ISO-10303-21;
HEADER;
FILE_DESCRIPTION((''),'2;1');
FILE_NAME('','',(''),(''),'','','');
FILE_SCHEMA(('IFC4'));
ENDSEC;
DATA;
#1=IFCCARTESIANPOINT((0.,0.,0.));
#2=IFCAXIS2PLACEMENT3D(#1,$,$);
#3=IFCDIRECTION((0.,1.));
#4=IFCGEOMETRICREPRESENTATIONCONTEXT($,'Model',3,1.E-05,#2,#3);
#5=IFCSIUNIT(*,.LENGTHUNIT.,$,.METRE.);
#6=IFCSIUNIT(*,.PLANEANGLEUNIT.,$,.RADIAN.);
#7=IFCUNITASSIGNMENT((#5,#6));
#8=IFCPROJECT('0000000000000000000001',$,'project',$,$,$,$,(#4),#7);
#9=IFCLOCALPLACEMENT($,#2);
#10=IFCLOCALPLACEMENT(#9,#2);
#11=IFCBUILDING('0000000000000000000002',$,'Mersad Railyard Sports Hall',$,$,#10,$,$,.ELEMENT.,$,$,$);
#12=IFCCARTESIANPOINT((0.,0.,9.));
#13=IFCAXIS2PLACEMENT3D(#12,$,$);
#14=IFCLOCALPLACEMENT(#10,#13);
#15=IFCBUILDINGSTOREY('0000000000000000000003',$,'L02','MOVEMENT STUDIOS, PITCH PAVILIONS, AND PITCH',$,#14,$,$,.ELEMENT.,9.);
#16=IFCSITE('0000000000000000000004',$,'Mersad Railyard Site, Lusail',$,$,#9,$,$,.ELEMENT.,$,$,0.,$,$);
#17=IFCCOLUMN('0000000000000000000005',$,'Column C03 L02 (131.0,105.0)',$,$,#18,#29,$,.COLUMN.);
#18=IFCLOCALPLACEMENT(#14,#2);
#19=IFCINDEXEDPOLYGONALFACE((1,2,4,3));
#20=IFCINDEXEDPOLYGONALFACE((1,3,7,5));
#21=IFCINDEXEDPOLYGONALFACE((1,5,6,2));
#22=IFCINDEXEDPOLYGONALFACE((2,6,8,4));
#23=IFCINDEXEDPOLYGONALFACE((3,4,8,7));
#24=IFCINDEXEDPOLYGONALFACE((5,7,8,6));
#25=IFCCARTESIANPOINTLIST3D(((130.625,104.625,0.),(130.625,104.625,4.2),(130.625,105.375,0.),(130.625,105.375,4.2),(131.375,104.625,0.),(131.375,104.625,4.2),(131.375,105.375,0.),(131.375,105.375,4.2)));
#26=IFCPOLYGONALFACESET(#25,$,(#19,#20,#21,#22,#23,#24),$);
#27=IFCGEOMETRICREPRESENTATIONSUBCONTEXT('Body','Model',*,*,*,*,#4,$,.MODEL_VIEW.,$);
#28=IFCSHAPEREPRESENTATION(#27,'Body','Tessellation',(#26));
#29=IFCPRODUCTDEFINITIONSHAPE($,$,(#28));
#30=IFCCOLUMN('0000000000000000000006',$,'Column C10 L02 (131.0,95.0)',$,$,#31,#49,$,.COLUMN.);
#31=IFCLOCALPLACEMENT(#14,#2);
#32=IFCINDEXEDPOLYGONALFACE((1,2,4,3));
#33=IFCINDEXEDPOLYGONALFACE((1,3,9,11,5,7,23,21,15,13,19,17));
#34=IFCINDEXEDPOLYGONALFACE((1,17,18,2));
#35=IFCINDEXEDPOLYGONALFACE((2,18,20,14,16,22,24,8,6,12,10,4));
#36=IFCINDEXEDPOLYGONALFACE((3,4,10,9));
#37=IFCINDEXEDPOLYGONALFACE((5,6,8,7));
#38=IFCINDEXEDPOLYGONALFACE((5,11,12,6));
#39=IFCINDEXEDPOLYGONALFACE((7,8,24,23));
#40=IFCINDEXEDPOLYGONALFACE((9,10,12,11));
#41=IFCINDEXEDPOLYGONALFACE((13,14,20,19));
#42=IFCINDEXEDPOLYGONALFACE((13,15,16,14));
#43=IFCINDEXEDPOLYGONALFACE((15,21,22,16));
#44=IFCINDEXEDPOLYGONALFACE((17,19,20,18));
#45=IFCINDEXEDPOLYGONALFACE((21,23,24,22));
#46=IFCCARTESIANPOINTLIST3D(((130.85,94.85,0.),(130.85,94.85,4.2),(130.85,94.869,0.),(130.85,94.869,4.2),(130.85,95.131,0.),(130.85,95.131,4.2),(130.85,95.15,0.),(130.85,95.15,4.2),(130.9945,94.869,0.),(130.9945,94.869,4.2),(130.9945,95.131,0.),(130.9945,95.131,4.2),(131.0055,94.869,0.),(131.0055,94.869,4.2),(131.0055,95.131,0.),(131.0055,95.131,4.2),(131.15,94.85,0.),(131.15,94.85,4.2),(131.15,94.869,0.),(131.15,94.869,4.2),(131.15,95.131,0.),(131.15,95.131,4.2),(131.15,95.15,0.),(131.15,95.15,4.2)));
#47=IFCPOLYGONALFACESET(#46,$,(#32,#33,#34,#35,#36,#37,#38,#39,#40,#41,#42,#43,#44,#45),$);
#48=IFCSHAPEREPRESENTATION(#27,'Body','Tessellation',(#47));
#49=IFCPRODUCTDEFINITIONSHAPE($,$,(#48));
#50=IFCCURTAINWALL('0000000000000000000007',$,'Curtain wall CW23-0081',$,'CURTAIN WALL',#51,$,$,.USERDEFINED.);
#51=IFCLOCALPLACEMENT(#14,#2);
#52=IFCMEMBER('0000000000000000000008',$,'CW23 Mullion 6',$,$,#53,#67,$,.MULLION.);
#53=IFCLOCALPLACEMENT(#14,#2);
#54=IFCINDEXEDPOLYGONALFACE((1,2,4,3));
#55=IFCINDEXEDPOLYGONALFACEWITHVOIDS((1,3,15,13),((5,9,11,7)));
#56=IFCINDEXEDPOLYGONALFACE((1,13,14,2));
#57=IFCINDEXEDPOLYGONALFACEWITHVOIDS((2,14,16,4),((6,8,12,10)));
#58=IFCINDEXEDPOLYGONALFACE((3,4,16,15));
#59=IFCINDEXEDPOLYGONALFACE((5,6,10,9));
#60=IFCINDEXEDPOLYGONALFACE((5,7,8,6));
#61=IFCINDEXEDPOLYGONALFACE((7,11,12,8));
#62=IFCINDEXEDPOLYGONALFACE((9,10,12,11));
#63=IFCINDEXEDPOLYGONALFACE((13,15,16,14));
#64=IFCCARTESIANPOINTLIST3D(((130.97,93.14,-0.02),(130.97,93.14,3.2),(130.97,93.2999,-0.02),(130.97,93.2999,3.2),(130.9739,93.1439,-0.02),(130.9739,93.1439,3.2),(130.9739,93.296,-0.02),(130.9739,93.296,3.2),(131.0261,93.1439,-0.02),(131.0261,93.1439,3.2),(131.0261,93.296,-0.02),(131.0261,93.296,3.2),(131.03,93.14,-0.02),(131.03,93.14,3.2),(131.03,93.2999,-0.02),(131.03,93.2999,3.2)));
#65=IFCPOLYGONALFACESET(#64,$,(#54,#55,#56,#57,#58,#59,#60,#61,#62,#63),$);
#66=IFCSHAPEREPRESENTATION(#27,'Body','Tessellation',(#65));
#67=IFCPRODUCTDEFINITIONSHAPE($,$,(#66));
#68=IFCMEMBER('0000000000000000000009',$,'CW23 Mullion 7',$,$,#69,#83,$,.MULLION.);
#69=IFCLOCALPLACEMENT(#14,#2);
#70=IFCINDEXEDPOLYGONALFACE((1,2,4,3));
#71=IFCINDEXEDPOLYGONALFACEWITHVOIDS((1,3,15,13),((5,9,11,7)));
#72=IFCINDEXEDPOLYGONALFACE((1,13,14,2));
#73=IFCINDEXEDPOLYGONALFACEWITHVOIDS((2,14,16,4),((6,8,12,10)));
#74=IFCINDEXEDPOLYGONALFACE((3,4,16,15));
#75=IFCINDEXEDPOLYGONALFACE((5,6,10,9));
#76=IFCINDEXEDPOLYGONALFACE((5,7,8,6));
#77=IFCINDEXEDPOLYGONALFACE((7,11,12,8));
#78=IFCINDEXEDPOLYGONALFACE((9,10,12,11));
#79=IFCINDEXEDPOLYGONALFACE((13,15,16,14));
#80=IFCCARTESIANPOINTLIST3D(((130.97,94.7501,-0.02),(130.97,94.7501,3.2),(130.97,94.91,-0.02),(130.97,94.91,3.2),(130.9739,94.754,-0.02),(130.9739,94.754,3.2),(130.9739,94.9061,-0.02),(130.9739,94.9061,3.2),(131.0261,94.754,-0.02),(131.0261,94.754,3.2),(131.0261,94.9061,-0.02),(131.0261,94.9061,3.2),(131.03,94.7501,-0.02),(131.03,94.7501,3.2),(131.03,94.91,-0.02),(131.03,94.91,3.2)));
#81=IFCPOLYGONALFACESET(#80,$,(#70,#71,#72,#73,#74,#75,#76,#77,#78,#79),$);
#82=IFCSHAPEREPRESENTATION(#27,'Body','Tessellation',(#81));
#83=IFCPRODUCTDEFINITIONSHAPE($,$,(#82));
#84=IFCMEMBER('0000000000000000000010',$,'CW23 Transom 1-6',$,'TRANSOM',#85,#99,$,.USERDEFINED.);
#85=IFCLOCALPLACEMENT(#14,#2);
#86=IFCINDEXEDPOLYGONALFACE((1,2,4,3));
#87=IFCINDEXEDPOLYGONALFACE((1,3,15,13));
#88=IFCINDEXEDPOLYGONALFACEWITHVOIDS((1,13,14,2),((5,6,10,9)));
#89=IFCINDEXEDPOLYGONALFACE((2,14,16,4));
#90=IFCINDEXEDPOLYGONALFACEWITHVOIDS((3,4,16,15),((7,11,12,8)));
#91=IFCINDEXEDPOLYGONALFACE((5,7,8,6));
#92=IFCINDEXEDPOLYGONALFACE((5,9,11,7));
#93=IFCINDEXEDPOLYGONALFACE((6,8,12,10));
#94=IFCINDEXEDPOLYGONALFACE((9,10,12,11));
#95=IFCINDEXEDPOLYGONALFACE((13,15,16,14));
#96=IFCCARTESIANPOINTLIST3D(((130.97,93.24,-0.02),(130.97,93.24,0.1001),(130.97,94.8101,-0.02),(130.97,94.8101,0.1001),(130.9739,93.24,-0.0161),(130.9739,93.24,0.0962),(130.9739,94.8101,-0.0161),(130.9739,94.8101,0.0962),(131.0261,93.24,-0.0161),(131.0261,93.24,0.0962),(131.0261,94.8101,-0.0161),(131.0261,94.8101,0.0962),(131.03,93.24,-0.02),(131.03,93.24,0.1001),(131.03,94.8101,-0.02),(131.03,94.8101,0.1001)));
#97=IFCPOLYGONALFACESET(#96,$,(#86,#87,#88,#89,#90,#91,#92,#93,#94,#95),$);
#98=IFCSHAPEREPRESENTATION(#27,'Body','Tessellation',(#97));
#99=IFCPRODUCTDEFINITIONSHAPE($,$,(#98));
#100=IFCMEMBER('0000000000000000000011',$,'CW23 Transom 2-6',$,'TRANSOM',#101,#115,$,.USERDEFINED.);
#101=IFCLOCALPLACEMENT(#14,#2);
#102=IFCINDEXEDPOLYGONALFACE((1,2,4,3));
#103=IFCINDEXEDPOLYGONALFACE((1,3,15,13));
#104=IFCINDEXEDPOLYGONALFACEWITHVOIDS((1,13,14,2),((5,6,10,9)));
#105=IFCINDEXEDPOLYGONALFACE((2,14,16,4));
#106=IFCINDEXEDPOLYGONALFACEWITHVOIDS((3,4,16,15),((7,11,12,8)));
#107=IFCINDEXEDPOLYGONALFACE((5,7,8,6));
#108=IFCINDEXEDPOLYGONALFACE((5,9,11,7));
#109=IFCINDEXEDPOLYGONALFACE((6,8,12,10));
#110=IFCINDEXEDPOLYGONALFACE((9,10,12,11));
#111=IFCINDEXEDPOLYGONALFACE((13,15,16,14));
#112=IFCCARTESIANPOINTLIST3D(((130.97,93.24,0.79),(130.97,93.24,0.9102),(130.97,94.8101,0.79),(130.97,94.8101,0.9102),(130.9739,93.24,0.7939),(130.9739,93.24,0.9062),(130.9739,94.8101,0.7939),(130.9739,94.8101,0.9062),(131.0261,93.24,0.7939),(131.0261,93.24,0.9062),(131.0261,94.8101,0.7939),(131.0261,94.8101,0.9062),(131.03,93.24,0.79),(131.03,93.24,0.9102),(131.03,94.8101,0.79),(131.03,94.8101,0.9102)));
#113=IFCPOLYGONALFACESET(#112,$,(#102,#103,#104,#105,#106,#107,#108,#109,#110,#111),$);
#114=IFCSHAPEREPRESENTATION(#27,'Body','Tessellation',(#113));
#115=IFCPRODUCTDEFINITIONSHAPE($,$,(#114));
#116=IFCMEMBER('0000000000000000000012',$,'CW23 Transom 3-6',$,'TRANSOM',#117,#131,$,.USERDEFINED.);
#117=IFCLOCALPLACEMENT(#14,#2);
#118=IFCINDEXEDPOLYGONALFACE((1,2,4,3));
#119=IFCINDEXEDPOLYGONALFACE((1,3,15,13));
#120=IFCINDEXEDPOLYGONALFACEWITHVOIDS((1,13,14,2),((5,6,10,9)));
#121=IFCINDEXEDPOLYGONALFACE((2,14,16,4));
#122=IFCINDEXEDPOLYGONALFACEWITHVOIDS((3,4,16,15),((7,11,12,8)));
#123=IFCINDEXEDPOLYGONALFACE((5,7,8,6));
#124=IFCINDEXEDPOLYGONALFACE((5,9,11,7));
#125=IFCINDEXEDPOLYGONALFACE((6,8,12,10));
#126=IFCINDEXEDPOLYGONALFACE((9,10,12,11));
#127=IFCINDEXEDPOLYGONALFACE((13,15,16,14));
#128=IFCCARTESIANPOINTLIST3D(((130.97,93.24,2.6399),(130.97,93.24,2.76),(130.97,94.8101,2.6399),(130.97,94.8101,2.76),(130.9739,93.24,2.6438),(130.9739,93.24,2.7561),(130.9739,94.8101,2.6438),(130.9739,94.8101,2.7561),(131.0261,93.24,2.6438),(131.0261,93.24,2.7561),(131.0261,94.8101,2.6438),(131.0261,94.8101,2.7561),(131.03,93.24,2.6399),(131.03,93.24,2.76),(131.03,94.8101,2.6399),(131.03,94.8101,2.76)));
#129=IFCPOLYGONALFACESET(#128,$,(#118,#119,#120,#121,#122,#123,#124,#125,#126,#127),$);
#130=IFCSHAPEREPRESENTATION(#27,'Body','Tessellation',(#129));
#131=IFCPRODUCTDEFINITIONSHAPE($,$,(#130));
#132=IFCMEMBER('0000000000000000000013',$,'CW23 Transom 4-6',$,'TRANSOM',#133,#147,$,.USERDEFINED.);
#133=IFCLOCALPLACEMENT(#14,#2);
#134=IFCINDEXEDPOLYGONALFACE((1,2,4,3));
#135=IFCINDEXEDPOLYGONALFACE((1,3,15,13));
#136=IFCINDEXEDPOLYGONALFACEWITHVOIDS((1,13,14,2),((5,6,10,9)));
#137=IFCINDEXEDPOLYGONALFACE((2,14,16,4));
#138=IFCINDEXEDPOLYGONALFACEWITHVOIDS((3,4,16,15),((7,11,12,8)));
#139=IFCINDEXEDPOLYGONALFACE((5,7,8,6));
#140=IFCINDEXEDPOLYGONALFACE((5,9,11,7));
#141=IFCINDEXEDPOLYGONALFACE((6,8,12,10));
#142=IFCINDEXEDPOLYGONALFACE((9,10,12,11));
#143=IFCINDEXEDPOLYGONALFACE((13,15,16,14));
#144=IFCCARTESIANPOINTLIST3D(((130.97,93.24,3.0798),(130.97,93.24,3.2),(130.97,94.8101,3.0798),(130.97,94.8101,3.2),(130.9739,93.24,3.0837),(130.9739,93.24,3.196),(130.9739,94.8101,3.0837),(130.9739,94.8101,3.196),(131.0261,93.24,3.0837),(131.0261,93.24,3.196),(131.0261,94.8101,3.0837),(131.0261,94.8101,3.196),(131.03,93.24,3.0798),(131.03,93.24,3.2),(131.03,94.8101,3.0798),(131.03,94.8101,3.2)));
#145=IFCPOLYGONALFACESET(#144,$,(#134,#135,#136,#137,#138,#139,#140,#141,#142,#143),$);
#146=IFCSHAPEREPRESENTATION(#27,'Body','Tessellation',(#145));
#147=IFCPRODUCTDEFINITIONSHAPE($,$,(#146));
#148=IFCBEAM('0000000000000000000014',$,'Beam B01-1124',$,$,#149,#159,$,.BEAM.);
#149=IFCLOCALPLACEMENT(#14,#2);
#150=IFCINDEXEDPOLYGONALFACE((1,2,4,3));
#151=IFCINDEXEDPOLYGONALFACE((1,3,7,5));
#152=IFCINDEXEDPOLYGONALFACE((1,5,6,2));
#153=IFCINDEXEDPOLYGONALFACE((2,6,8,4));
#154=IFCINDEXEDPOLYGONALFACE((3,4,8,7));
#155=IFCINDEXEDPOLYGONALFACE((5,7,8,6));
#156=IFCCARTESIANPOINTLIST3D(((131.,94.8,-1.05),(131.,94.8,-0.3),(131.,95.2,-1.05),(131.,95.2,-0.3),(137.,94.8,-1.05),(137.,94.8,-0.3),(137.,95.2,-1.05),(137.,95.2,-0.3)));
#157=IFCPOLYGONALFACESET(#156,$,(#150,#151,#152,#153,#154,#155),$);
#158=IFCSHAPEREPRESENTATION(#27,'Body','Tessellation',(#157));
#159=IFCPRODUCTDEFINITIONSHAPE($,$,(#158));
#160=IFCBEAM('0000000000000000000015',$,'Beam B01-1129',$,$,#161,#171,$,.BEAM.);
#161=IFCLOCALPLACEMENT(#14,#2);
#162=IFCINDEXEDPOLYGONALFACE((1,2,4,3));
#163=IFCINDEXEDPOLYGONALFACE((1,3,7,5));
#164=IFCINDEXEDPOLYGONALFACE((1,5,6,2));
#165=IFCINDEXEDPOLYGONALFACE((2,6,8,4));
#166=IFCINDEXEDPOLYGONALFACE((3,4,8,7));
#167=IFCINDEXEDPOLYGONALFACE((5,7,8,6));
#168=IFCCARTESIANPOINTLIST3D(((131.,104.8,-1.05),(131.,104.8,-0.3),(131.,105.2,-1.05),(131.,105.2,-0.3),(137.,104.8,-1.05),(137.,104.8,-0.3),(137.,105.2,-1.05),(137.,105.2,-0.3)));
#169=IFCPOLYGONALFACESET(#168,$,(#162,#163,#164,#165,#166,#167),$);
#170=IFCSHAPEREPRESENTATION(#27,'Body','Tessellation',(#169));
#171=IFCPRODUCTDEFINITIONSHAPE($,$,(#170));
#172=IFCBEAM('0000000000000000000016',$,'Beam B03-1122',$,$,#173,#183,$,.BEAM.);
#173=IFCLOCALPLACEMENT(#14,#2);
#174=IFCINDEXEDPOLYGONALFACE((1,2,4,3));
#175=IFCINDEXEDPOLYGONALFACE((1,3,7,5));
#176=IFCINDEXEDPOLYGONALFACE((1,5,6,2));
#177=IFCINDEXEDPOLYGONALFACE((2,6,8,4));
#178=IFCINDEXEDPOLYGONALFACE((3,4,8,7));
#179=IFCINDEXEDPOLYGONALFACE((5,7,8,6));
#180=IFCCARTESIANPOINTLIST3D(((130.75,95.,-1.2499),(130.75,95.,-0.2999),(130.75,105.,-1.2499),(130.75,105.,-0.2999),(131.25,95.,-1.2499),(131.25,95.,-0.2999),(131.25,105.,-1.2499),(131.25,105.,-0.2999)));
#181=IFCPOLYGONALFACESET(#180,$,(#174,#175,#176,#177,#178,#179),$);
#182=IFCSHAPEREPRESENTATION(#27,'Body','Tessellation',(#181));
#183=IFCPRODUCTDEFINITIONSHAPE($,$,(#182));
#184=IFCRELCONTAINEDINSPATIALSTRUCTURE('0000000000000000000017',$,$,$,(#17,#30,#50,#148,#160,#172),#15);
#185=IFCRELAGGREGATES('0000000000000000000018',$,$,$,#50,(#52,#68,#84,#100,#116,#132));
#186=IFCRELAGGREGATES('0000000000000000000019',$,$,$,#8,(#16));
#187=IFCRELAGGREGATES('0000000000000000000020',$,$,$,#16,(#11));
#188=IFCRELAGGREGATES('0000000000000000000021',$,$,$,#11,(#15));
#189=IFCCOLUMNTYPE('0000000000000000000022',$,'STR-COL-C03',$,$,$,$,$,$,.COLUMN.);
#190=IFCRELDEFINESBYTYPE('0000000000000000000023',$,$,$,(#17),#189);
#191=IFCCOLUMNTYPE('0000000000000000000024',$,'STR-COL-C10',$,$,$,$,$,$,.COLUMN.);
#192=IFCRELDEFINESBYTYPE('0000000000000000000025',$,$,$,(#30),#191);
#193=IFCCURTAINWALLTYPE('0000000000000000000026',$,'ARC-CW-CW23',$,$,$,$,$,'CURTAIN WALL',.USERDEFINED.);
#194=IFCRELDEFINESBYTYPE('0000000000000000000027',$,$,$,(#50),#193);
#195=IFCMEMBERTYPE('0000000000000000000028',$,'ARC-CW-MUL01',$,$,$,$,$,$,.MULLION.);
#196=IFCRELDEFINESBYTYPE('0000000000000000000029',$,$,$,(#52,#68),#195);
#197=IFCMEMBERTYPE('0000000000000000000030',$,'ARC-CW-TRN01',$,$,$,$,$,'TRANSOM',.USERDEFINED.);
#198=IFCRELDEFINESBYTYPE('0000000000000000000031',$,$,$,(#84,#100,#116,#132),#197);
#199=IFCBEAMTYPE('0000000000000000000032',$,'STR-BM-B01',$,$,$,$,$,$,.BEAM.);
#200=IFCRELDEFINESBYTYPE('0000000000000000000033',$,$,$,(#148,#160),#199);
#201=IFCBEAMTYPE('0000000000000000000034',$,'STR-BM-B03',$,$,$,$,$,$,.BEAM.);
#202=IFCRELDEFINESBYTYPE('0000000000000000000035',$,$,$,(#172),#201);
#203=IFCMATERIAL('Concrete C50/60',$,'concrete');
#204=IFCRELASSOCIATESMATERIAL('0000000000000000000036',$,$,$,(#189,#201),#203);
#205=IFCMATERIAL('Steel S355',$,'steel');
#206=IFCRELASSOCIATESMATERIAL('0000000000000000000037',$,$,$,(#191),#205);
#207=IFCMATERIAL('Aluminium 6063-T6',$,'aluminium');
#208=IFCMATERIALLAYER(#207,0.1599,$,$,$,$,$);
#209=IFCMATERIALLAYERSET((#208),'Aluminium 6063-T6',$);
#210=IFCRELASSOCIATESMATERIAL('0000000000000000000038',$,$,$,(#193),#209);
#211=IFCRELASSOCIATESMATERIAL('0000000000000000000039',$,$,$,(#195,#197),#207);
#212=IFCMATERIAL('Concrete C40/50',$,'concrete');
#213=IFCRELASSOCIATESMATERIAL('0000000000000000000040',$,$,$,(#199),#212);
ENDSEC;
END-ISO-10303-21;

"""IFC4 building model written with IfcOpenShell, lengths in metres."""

from ifc_helpers import new_model, si_unit, direction, frame, origin, origin_2d, place, context, subcontext, project, spatial, rectangle, hollow_rectangle, i_section, extrude, material, layer, layer_set, material_profile, profile_set, type_object, element, aggregate, save


model = new_model("IFC4")

# Units and contexts
model_context = context("Model", 3, precision=1e-05, world=origin(), true_north=direction((0.0, 1.0)))
body_context = subcontext(model_context, "Body", "Model", "MODEL_VIEW")
ifc_project = project(units=[si_unit("LENGTHUNIT", "METRE"), si_unit("PLANEANGLEUNIT", "RADIAN")], contexts=[model_context])

# Site, building, storey
site_placement = place(None, origin())
site = spatial("IfcSite", under=ifc_project, at=site_placement, Name="Mersad Railyard Site, Lusail", CompositionType="ELEMENT", RefElevation=0.0)
building_placement = place(site_placement, origin())
building = spatial("IfcBuilding", under=site, at=building_placement, Name="Mersad Railyard Sports Hall", CompositionType="ELEMENT")
storey_placement = place(building_placement, frame((0.0, 0.0, 9.0)))
storey = spatial("IfcBuildingStorey", under=building, at=storey_placement, Name="L02", Description="MOVEMENT STUDIOS, PITCH PAVILIONS, AND PITCH", CompositionType="ELEMENT", Elevation=9.0)

# Columns
ifc_material_1 = material(Name="Concrete C50/60", Category="concrete")
ifc_material_profile_1 = material_profile(ifc_material_1, rectangle(XDim=0.75, YDim=0.75, at=origin_2d()), Name="RC 750x750")
ifc_profile_set_1 = profile_set([ifc_material_profile_1], Name="Concrete C50/60")
column_type_1 = type_object("IfcColumnType", Name="STR-COL-C03", PredefinedType="COLUMN", material=ifc_profile_set_1)
column_1_placement = place(storey_placement, frame((131.0, 105.0, 0.0), z_axis=(0.0, 0.0, 1.0), x_axis=(1.0, 0.0, 0.0)))
element("IfcColumn", 1, at=column_1_placement, inside=storey, type_object=column_type_1, Name="Column C03 L02 (131.0,105.0)", PredefinedType="COLUMN", context=body_context, shape_type="SweptSolid", body=[
    extrude(rectangle(XDim=0.75, YDim=0.75, at=origin_2d()), origin(), (0.0, 0.0, 1.0), 4.2),
])
ifc_material_2 = material(Name="Steel S355", Category="steel")
ifc_material_profile_2 = material_profile(ifc_material_2, i_section(OverallWidth=0.3, OverallDepth=0.3, WebThickness=0.011, FlangeThickness=0.019, at=origin_2d()), Name="HEB 300")
ifc_profile_set_2 = profile_set([ifc_material_profile_2], Name="Steel S355")
column_type_2 = type_object("IfcColumnType", Name="STR-COL-C10", PredefinedType="COLUMN", material=ifc_profile_set_2)
column_2_placement = place(storey_placement, frame((131.0, 95.0, 0.0), z_axis=(0.0, 0.0, 1.0), x_axis=(1.0, 0.0, 0.0)))
element("IfcColumn", 2, at=column_2_placement, inside=storey, type_object=column_type_2, Name="Column C10 L02 (131.0,95.0)", PredefinedType="COLUMN", context=body_context, shape_type="SweptSolid", body=[
    extrude(i_section(OverallWidth=0.3, OverallDepth=0.3, WebThickness=0.011, FlangeThickness=0.019, at=origin_2d()), origin(), (0.0, 0.0, 1.0), 4.2),
])

# Curtain wall, members
ifc_material_3 = material(Name="Aluminium 6063-T6", Category="aluminium")
ifc_layer_1 = layer(ifc_material_3, 0.1599)
ifc_layer_set_1 = layer_set([ifc_layer_1], Name="Aluminium 6063-T6")
curtain_wall_type = type_object("IfcCurtainWallType", Name="ARC-CW-CW23", ElementType="CURTAIN WALL", PredefinedType="USERDEFINED", material=ifc_layer_set_1)
curtain_wall_placement = place(storey_placement, origin())
curtain_wall = element("IfcCurtainWall", 3, at=curtain_wall_placement, inside=storey, type_object=curtain_wall_type, Name="Curtain wall CW23-0081", ObjectType="CURTAIN WALL", PredefinedType="USERDEFINED")
ifc_material_profile_3 = material_profile(ifc_material_3, hollow_rectangle(XDim=0.0601, YDim=0.1599, WallThickness=0.0039, at=origin_2d()), Name="AL MULLION 60x160x4")
ifc_profile_set_3 = profile_set([ifc_material_profile_3], Name="Aluminium 6063-T6")
member_type_1 = type_object("IfcMemberType", Name="ARC-CW-MUL01", PredefinedType="MULLION", material=ifc_profile_set_3)
member_1_placement = place(storey_placement, frame((131.0, 93.22, -0.02), z_axis=(0.0, 0.0, 1.0), x_axis=(1.0, 0.0, 0.0)))
member_1 = element("IfcMember", 4, at=member_1_placement, type_object=member_type_1, Name="CW23 Mullion 6", PredefinedType="MULLION", context=body_context, shape_type="SweptSolid", body=[
    extrude(hollow_rectangle(XDim=0.0601, YDim=0.1599, WallThickness=0.0039, at=origin_2d()), origin(), (0.0, 0.0, 1.0), 3.22),
])
member_2_placement = place(storey_placement, frame((131.0, 94.8301, -0.02), z_axis=(0.0, 0.0, 1.0), x_axis=(1.0, 0.0, 0.0)))
member_2 = element("IfcMember", 5, at=member_2_placement, type_object=member_type_1, Name="CW23 Mullion 7", PredefinedType="MULLION", context=body_context, shape_type="SweptSolid", body=[
    extrude(hollow_rectangle(XDim=0.0601, YDim=0.1599, WallThickness=0.0039, at=origin_2d()), origin(), (0.0, 0.0, 1.0), 3.22),
])
ifc_material_profile_4 = material_profile(ifc_material_3, hollow_rectangle(XDim=0.0601, YDim=0.1201, WallThickness=0.0039, at=origin_2d()), Name="AL TRANSOM 60x120x4")
ifc_profile_set_4 = profile_set([ifc_material_profile_4], Name="Aluminium 6063-T6")
member_type_2 = type_object("IfcMemberType", Name="ARC-CW-TRN01", ElementType="TRANSOM", PredefinedType="USERDEFINED", material=ifc_profile_set_4)
member_3_placement = place(storey_placement, frame((131.0, 93.24, 0.04), z_axis=(0.0, 1.0, 0.0), x_axis=(-1.0, 0.0, 0.0)))
member_3 = element("IfcMember", 6, at=member_3_placement, type_object=member_type_2, Name="CW23 Transom 1-6", ObjectType="TRANSOM", PredefinedType="USERDEFINED", context=body_context, shape_type="SweptSolid", body=[
    extrude(hollow_rectangle(XDim=0.0601, YDim=0.1201, WallThickness=0.0039, at=origin_2d()), origin(), (0.0, 0.0, 1.0), 1.5701),
])
member_4_placement = place(storey_placement, frame((131.0, 93.24, 0.8501), z_axis=(0.0, 1.0, 0.0), x_axis=(-1.0, 0.0, 0.0)))
member_4 = element("IfcMember", 7, at=member_4_placement, type_object=member_type_2, Name="CW23 Transom 2-6", ObjectType="TRANSOM", PredefinedType="USERDEFINED", context=body_context, shape_type="SweptSolid", body=[
    extrude(hollow_rectangle(XDim=0.0601, YDim=0.1201, WallThickness=0.0039, at=origin_2d()), origin(), (0.0, 0.0, 1.0), 1.5701),
])
member_5_placement = place(storey_placement, frame((131.0, 93.24, 2.7), z_axis=(0.0, 1.0, 0.0), x_axis=(-1.0, 0.0, 0.0)))
member_5 = element("IfcMember", 8, at=member_5_placement, type_object=member_type_2, Name="CW23 Transom 3-6", ObjectType="TRANSOM", PredefinedType="USERDEFINED", context=body_context, shape_type="SweptSolid", body=[
    extrude(hollow_rectangle(XDim=0.0601, YDim=0.1201, WallThickness=0.0039, at=origin_2d()), origin(), (0.0, 0.0, 1.0), 1.5701),
])
member_6_placement = place(storey_placement, frame((131.0, 93.24, 3.1399), z_axis=(0.0, 1.0, 0.0), x_axis=(-1.0, 0.0, 0.0)))
member_6 = element("IfcMember", 9, at=member_6_placement, type_object=member_type_2, Name="CW23 Transom 4-6", ObjectType="TRANSOM", PredefinedType="USERDEFINED", context=body_context, shape_type="SweptSolid", body=[
    extrude(hollow_rectangle(XDim=0.0601, YDim=0.1201, WallThickness=0.0039, at=origin_2d()), origin(), (0.0, 0.0, 1.0), 1.5701),
])

# Beams
ifc_material_4 = material(Name="Concrete C40/50", Category="concrete")
ifc_material_profile_5 = material_profile(ifc_material_4, rectangle(XDim=0.3999, YDim=0.75, at=origin_2d()), Name="RC 400x750")
ifc_profile_set_5 = profile_set([ifc_material_profile_5], Name="Concrete C40/50")
beam_type_1 = type_object("IfcBeamType", Name="STR-BM-B01", PredefinedType="BEAM", material=ifc_profile_set_5)
for number, where, z_axis, x_axis, name in (
    (10, (131.0, 95.0, -0.675), (1.0, 0.0, 0.0), (0.0, 1.0, 0.0), "Beam B01-1124"),
    (11, (131.0, 105.0, -0.675), (1.0, 0.0, 0.0), (0.0, 1.0, 0.0), "Beam B01-1129"),
):
    element("IfcBeam", number, at=place(storey_placement, frame(where, z_axis=z_axis, x_axis=x_axis)), inside=storey, type_object=beam_type_1, Name=name, PredefinedType="BEAM", context=body_context, shape_type="SweptSolid", body=[
        extrude(rectangle(XDim=0.3999, YDim=0.75, at=origin_2d()), origin(), (0.0, 0.0, 1.0), 6.0),
    ])
ifc_material_profile_6 = material_profile(ifc_material_1, rectangle(XDim=0.5, YDim=0.95, at=origin_2d()), Name="RC 500x950")
ifc_profile_set_6 = profile_set([ifc_material_profile_6], Name="Concrete C50/60")
beam_type_2 = type_object("IfcBeamType", Name="STR-BM-B03", PredefinedType="BEAM", material=ifc_profile_set_6)
for number, where, z_axis, x_axis, name in (
    (12, (131.0, 95.0, -0.7749), (0.0, 1.0, 0.0), (-1.0, 0.0, 0.0), "Beam B03-1122"),
):
    element("IfcBeam", number, at=place(storey_placement, frame(where, z_axis=z_axis, x_axis=x_axis)), inside=storey, type_object=beam_type_2, Name=name, PredefinedType="BEAM", context=body_context, shape_type="SweptSolid", body=[
        extrude(rectangle(XDim=0.5, YDim=0.95, at=origin_2d()), origin(), (0.0, 0.0, 1.0), 10.0),
    ])

aggregate(curtain_wall, [member_1, member_2, member_3, member_4, member_5, member_6])

save(model, "model.ifc")
